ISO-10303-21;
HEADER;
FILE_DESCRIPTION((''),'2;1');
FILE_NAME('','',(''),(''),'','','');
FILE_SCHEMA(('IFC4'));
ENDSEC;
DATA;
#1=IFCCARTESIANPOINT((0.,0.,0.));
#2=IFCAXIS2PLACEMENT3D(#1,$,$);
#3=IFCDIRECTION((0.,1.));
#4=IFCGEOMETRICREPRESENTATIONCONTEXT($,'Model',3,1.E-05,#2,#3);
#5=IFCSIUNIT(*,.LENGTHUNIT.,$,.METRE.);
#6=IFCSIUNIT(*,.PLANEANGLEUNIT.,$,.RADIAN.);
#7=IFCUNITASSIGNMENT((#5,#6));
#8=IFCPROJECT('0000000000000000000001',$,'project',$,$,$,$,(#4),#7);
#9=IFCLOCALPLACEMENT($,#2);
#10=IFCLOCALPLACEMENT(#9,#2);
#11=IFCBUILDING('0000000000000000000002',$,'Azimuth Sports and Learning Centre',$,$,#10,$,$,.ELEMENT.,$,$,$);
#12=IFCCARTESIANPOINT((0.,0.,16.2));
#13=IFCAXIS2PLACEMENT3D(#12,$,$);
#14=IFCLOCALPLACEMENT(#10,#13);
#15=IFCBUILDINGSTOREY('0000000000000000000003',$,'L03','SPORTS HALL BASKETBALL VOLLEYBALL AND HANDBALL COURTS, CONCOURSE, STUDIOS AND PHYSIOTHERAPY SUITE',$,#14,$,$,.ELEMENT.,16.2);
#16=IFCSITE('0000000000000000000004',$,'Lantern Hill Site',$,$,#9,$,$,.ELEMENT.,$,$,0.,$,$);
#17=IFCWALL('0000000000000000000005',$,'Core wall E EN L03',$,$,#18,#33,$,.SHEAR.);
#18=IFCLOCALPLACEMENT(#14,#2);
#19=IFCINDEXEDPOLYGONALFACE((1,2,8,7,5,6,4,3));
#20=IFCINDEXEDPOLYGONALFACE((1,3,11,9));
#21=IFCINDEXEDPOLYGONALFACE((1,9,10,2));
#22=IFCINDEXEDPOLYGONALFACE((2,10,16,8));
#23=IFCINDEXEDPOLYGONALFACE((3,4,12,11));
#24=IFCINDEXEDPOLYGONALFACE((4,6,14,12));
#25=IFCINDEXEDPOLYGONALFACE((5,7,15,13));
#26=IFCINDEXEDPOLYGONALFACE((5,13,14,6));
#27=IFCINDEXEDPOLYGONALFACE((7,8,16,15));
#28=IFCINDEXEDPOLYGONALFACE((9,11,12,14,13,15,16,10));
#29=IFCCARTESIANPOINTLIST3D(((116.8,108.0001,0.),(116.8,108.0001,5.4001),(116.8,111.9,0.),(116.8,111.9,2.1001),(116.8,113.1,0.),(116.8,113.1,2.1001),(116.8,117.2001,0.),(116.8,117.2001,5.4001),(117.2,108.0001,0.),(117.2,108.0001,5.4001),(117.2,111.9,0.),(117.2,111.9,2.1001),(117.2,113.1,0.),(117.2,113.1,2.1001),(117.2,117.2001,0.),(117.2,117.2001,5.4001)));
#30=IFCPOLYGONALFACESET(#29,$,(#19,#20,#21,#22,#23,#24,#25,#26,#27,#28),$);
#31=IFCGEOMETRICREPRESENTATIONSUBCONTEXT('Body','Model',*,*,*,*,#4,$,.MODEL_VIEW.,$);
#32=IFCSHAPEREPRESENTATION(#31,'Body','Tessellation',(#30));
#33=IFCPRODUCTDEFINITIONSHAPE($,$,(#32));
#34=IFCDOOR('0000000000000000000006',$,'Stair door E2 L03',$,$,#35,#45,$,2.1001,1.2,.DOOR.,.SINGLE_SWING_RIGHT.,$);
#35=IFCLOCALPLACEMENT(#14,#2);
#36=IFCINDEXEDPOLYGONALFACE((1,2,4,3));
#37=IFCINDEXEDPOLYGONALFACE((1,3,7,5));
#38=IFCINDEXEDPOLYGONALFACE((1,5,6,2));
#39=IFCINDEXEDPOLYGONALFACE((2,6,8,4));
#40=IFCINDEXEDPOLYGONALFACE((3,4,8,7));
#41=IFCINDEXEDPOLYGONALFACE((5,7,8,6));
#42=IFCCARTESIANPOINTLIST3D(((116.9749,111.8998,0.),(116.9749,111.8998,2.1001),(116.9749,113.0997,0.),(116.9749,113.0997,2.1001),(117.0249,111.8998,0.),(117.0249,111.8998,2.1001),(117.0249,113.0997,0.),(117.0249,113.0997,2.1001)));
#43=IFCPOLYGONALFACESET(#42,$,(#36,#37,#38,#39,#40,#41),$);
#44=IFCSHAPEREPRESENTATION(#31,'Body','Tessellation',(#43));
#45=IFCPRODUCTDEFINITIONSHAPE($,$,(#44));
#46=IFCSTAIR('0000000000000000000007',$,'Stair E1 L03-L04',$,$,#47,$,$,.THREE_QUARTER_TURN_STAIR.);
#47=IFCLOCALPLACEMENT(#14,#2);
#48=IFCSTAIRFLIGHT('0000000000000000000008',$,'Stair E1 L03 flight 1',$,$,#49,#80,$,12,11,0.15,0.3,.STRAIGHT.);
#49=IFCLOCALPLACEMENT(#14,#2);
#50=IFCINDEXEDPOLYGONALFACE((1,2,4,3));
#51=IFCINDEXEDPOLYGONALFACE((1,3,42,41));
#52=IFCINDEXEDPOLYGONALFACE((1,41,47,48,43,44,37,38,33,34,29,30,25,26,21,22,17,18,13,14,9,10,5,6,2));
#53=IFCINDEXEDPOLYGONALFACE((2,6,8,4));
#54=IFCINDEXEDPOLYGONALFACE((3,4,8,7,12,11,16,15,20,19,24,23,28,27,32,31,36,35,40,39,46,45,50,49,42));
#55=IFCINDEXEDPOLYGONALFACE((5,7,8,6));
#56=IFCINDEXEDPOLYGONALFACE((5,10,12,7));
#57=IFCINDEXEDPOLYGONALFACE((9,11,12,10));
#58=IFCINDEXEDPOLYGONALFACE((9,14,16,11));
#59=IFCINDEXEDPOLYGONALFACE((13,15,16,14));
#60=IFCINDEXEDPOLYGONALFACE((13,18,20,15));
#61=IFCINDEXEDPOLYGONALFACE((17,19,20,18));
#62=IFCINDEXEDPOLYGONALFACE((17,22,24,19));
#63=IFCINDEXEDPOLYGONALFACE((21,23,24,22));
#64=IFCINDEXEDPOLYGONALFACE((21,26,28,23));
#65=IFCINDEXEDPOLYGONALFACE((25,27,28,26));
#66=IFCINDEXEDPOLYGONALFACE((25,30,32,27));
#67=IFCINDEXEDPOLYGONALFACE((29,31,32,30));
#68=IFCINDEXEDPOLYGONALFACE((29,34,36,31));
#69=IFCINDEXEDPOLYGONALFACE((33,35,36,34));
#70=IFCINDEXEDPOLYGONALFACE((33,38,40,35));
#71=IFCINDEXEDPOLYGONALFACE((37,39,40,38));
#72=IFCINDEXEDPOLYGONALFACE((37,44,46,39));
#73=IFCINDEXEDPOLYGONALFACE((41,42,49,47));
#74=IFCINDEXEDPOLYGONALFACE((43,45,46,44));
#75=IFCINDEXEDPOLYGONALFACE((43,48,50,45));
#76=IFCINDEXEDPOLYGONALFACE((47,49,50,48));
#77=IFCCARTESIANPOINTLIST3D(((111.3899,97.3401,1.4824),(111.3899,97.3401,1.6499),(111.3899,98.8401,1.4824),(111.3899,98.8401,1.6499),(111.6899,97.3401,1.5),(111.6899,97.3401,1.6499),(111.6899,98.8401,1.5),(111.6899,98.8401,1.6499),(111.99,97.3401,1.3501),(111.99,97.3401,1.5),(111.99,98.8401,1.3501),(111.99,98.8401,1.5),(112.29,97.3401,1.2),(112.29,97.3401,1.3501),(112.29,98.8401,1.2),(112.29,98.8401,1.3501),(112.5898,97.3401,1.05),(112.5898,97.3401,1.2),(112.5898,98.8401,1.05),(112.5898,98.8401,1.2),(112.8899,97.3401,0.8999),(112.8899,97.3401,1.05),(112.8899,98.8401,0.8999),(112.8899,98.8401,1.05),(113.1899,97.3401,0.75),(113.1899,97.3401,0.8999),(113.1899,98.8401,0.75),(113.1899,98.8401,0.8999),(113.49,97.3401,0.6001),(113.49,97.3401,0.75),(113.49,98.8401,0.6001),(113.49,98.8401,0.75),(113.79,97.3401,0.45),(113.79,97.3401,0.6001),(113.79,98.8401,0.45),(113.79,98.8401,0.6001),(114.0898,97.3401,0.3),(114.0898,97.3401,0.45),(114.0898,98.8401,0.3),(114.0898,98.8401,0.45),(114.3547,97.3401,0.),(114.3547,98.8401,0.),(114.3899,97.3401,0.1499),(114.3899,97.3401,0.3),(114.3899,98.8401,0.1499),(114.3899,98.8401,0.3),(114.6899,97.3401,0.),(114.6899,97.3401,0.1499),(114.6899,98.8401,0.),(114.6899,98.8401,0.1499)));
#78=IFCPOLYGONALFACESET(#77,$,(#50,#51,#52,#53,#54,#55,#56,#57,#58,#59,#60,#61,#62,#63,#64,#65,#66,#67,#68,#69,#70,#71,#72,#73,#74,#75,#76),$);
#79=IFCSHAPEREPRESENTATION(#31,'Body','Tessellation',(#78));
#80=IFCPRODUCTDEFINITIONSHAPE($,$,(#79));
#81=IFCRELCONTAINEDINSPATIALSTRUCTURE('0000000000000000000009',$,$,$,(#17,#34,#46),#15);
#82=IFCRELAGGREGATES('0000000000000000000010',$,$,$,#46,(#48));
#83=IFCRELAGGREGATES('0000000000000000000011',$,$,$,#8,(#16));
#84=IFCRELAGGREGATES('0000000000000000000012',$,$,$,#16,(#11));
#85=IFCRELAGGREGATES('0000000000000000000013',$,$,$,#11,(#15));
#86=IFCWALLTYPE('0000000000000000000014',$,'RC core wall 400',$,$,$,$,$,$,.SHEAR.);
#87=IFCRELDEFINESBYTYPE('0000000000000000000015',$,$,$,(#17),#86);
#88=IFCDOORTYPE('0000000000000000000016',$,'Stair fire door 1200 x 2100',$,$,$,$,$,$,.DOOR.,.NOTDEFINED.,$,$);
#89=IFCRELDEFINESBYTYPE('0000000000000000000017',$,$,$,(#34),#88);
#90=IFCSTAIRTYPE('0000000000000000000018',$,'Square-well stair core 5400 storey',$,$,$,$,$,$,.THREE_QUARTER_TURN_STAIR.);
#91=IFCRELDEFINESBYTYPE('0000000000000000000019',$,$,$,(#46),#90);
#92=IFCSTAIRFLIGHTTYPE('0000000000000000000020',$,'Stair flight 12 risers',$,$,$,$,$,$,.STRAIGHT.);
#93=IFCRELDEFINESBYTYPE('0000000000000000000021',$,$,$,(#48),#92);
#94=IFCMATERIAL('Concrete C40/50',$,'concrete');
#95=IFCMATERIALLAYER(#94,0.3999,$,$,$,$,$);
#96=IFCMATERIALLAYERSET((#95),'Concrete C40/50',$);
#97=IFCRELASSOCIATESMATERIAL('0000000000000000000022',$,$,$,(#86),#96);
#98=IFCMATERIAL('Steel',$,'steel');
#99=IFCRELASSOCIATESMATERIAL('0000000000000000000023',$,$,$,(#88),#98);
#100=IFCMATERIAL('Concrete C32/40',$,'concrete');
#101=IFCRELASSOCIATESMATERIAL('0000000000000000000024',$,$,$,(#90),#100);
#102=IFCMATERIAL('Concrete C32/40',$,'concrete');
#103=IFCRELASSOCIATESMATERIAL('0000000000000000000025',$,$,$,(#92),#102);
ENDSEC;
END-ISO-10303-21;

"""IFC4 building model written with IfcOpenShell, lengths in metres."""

from ifc_helpers import new_model, si_unit, direction, frame, frame_2d, origin, place, context, subcontext, project, spatial, polyline, rectangle, outline, extrude, material, layer, layer_set, type_object, element, fill, aggregate, save


model = new_model("IFC4")

# Units and contexts
model_context = context("Model", 3, precision=1e-05, world=origin(), true_north=direction((0.0, 1.0)))
body_context = subcontext(model_context, "Body", "Model", "MODEL_VIEW")
ifc_project = project(units=[si_unit("LENGTHUNIT", "METRE"), si_unit("PLANEANGLEUNIT", "RADIAN")], contexts=[model_context])

# Site, building, storey
site_placement = place(None, origin())
site = spatial("IfcSite", under=ifc_project, at=site_placement, Name="Lantern Hill Site", CompositionType="ELEMENT", RefElevation=0.0)
building_placement = place(site_placement, origin())
building = spatial("IfcBuilding", under=site, at=building_placement, Name="Azimuth Sports and Learning Centre", CompositionType="ELEMENT")
storey_placement = place(building_placement, frame((0.0, 0.0, 16.2)))
storey = spatial("IfcBuildingStorey", under=building, at=storey_placement, Name="L03", Description="SPORTS HALL BASKETBALL VOLLEYBALL AND HANDBALL COURTS, CONCOURSE, STUDIOS AND PHYSIOTHERAPY SUITE", CompositionType="ELEMENT", Elevation=16.2)

# Wall, opening, door
ifc_material_1 = material(Name="Concrete C40/50", Category="concrete")
ifc_layer_1 = layer(ifc_material_1, 0.3999)
ifc_layer_set_1 = layer_set([ifc_layer_1], Name="Concrete C40/50")
wall_type_1 = type_object("IfcWallType", Name="RC core wall 400", PredefinedType="SHEAR", material=ifc_layer_set_1)
wall_1_placement = place(storey_placement, frame((117.0, 108.0, 0.0), z_axis=(0.0, 0.0, 1.0), x_axis=(0.0, 1.0, 0.0)))
wall_1 = element("IfcWall", 1, at=wall_1_placement, inside=storey, type_object=wall_type_1, Name="Core wall E EN L03", PredefinedType="SHEAR", context=body_context, shape_type="SweptSolid", body=[
    extrude(rectangle(XDim=9.2, YDim=0.3999, at=frame_2d((4.6001, 0.0))), origin(), (0.0, 0.0, 1.0), 5.4001),
])
opening_1_placement = place(wall_1_placement, frame((3.8999, 0.0, 0.0)))
opening_1 = element("IfcOpeningElement", 2, at=opening_1_placement, cuts=wall_1, PredefinedType="OPENING", context=body_context, shape_type="SweptSolid", body=[
    extrude(rectangle(XDim=1.2, YDim=2.1001, at=frame_2d((0.6001, 1.05))), frame((0.0, 0.2109, 0.0), z_axis=(0.0, -1.0, 0.0), x_axis=(1.0, 0.0, 0.0)), (0.0, 0.0, 1.0), 0.4219),
])
ifc_material_2 = material(Name="Steel", Category="steel")
door_type_1 = type_object("IfcDoorType", Name="Stair fire door 1200 x 2100", OperationType="NOTDEFINED", PredefinedType="DOOR", material=ifc_material_2)
door_1_placement = place(opening_1_placement, frame((1.2, 0.0, 0.0), z_axis=(0.0, 0.0, 1.0), x_axis=(-1.0, 0.0, 0.0)))
door_1 = element("IfcDoor", 3, at=door_1_placement, inside=storey, type_object=door_type_1, Name="Stair door E2 L03", OperationType="SINGLE_SWING_RIGHT", OverallHeight=2.1001, OverallWidth=1.2, PredefinedType="DOOR", context=body_context, shape_type="SweptSolid", body=[
    extrude(rectangle(XDim=1.2, YDim=2.1001, at=frame_2d((0.6001, 1.05))), frame((0.0, 0.0249, 0.0), z_axis=(0.0, -1.0, 0.0), x_axis=(1.0, 0.0, 0.0)), (0.0, 0.0, 1.0), 0.05),
])
fill(opening_1, door_1)

# Stair, stair flight
ifc_material_3 = material(Name="Concrete C32/40", Category="concrete")
stair_type = type_object("IfcStairType", Name="Square-well stair core 5400 storey", PredefinedType="THREE_QUARTER_TURN_STAIR", material=ifc_material_3)
stair_placement = place(storey_placement, origin())
stair = element("IfcStair", 4, at=stair_placement, inside=storey, type_object=stair_type, Name="Stair E1 L03-L04", PredefinedType="THREE_QUARTER_TURN_STAIR")
ifc_material_4 = material(Name="Concrete C32/40", Category="concrete")
stair_flight_type = type_object("IfcStairFlightType", Name="Stair flight 12 risers", PredefinedType="STRAIGHT", material=ifc_material_4)
stair_flight_placement = place(storey_placement, frame((114.6899, 98.0901, 0.0), z_axis=(0.0, 0.0, 1.0), x_axis=(-1.0, 0.0, 0.0)))
stair_flight = element("IfcStairFlight", 5, at=stair_flight_placement, type_object=stair_flight_type, Name="Stair E1 L03 flight 1", NumberOfRisers=12, NumberOfTreads=11, PredefinedType="STRAIGHT", RiserHeight=0.15, TreadLength=0.3, context=body_context, shape_type="SweptSolid", body=[
    extrude(outline(polyline([(0.0, 0.0), (0.0, 0.1499), (0.3, 0.1499), (0.3, 0.3), (0.6001, 0.3), (0.6001, 0.45), (0.8999, 0.45), (0.8999, 0.6001), (1.2, 0.6001), (1.2, 0.75), (1.5, 0.75), (1.5, 0.8999), (1.8, 0.8999), (1.8, 1.05), (2.1001, 1.05), (2.1001, 1.2), (2.3999, 1.2), (2.3999, 1.3501), (2.7, 1.3501), (2.7, 1.5), (3.0, 1.5), (3.0, 1.6499), (3.3, 1.6499), (3.3, 1.8), (3.3, 1.4824), (0.3352, 0.0), (0.0, 0.0)])), frame((0.0, 0.75, 0.0), z_axis=(0.0, -1.0, 0.0), x_axis=(1.0, 0.0, 0.0)), (0.0, 0.0, 1.0), 1.5),
])
aggregate(stair, [stair_flight])

save(model, "model.ifc")
